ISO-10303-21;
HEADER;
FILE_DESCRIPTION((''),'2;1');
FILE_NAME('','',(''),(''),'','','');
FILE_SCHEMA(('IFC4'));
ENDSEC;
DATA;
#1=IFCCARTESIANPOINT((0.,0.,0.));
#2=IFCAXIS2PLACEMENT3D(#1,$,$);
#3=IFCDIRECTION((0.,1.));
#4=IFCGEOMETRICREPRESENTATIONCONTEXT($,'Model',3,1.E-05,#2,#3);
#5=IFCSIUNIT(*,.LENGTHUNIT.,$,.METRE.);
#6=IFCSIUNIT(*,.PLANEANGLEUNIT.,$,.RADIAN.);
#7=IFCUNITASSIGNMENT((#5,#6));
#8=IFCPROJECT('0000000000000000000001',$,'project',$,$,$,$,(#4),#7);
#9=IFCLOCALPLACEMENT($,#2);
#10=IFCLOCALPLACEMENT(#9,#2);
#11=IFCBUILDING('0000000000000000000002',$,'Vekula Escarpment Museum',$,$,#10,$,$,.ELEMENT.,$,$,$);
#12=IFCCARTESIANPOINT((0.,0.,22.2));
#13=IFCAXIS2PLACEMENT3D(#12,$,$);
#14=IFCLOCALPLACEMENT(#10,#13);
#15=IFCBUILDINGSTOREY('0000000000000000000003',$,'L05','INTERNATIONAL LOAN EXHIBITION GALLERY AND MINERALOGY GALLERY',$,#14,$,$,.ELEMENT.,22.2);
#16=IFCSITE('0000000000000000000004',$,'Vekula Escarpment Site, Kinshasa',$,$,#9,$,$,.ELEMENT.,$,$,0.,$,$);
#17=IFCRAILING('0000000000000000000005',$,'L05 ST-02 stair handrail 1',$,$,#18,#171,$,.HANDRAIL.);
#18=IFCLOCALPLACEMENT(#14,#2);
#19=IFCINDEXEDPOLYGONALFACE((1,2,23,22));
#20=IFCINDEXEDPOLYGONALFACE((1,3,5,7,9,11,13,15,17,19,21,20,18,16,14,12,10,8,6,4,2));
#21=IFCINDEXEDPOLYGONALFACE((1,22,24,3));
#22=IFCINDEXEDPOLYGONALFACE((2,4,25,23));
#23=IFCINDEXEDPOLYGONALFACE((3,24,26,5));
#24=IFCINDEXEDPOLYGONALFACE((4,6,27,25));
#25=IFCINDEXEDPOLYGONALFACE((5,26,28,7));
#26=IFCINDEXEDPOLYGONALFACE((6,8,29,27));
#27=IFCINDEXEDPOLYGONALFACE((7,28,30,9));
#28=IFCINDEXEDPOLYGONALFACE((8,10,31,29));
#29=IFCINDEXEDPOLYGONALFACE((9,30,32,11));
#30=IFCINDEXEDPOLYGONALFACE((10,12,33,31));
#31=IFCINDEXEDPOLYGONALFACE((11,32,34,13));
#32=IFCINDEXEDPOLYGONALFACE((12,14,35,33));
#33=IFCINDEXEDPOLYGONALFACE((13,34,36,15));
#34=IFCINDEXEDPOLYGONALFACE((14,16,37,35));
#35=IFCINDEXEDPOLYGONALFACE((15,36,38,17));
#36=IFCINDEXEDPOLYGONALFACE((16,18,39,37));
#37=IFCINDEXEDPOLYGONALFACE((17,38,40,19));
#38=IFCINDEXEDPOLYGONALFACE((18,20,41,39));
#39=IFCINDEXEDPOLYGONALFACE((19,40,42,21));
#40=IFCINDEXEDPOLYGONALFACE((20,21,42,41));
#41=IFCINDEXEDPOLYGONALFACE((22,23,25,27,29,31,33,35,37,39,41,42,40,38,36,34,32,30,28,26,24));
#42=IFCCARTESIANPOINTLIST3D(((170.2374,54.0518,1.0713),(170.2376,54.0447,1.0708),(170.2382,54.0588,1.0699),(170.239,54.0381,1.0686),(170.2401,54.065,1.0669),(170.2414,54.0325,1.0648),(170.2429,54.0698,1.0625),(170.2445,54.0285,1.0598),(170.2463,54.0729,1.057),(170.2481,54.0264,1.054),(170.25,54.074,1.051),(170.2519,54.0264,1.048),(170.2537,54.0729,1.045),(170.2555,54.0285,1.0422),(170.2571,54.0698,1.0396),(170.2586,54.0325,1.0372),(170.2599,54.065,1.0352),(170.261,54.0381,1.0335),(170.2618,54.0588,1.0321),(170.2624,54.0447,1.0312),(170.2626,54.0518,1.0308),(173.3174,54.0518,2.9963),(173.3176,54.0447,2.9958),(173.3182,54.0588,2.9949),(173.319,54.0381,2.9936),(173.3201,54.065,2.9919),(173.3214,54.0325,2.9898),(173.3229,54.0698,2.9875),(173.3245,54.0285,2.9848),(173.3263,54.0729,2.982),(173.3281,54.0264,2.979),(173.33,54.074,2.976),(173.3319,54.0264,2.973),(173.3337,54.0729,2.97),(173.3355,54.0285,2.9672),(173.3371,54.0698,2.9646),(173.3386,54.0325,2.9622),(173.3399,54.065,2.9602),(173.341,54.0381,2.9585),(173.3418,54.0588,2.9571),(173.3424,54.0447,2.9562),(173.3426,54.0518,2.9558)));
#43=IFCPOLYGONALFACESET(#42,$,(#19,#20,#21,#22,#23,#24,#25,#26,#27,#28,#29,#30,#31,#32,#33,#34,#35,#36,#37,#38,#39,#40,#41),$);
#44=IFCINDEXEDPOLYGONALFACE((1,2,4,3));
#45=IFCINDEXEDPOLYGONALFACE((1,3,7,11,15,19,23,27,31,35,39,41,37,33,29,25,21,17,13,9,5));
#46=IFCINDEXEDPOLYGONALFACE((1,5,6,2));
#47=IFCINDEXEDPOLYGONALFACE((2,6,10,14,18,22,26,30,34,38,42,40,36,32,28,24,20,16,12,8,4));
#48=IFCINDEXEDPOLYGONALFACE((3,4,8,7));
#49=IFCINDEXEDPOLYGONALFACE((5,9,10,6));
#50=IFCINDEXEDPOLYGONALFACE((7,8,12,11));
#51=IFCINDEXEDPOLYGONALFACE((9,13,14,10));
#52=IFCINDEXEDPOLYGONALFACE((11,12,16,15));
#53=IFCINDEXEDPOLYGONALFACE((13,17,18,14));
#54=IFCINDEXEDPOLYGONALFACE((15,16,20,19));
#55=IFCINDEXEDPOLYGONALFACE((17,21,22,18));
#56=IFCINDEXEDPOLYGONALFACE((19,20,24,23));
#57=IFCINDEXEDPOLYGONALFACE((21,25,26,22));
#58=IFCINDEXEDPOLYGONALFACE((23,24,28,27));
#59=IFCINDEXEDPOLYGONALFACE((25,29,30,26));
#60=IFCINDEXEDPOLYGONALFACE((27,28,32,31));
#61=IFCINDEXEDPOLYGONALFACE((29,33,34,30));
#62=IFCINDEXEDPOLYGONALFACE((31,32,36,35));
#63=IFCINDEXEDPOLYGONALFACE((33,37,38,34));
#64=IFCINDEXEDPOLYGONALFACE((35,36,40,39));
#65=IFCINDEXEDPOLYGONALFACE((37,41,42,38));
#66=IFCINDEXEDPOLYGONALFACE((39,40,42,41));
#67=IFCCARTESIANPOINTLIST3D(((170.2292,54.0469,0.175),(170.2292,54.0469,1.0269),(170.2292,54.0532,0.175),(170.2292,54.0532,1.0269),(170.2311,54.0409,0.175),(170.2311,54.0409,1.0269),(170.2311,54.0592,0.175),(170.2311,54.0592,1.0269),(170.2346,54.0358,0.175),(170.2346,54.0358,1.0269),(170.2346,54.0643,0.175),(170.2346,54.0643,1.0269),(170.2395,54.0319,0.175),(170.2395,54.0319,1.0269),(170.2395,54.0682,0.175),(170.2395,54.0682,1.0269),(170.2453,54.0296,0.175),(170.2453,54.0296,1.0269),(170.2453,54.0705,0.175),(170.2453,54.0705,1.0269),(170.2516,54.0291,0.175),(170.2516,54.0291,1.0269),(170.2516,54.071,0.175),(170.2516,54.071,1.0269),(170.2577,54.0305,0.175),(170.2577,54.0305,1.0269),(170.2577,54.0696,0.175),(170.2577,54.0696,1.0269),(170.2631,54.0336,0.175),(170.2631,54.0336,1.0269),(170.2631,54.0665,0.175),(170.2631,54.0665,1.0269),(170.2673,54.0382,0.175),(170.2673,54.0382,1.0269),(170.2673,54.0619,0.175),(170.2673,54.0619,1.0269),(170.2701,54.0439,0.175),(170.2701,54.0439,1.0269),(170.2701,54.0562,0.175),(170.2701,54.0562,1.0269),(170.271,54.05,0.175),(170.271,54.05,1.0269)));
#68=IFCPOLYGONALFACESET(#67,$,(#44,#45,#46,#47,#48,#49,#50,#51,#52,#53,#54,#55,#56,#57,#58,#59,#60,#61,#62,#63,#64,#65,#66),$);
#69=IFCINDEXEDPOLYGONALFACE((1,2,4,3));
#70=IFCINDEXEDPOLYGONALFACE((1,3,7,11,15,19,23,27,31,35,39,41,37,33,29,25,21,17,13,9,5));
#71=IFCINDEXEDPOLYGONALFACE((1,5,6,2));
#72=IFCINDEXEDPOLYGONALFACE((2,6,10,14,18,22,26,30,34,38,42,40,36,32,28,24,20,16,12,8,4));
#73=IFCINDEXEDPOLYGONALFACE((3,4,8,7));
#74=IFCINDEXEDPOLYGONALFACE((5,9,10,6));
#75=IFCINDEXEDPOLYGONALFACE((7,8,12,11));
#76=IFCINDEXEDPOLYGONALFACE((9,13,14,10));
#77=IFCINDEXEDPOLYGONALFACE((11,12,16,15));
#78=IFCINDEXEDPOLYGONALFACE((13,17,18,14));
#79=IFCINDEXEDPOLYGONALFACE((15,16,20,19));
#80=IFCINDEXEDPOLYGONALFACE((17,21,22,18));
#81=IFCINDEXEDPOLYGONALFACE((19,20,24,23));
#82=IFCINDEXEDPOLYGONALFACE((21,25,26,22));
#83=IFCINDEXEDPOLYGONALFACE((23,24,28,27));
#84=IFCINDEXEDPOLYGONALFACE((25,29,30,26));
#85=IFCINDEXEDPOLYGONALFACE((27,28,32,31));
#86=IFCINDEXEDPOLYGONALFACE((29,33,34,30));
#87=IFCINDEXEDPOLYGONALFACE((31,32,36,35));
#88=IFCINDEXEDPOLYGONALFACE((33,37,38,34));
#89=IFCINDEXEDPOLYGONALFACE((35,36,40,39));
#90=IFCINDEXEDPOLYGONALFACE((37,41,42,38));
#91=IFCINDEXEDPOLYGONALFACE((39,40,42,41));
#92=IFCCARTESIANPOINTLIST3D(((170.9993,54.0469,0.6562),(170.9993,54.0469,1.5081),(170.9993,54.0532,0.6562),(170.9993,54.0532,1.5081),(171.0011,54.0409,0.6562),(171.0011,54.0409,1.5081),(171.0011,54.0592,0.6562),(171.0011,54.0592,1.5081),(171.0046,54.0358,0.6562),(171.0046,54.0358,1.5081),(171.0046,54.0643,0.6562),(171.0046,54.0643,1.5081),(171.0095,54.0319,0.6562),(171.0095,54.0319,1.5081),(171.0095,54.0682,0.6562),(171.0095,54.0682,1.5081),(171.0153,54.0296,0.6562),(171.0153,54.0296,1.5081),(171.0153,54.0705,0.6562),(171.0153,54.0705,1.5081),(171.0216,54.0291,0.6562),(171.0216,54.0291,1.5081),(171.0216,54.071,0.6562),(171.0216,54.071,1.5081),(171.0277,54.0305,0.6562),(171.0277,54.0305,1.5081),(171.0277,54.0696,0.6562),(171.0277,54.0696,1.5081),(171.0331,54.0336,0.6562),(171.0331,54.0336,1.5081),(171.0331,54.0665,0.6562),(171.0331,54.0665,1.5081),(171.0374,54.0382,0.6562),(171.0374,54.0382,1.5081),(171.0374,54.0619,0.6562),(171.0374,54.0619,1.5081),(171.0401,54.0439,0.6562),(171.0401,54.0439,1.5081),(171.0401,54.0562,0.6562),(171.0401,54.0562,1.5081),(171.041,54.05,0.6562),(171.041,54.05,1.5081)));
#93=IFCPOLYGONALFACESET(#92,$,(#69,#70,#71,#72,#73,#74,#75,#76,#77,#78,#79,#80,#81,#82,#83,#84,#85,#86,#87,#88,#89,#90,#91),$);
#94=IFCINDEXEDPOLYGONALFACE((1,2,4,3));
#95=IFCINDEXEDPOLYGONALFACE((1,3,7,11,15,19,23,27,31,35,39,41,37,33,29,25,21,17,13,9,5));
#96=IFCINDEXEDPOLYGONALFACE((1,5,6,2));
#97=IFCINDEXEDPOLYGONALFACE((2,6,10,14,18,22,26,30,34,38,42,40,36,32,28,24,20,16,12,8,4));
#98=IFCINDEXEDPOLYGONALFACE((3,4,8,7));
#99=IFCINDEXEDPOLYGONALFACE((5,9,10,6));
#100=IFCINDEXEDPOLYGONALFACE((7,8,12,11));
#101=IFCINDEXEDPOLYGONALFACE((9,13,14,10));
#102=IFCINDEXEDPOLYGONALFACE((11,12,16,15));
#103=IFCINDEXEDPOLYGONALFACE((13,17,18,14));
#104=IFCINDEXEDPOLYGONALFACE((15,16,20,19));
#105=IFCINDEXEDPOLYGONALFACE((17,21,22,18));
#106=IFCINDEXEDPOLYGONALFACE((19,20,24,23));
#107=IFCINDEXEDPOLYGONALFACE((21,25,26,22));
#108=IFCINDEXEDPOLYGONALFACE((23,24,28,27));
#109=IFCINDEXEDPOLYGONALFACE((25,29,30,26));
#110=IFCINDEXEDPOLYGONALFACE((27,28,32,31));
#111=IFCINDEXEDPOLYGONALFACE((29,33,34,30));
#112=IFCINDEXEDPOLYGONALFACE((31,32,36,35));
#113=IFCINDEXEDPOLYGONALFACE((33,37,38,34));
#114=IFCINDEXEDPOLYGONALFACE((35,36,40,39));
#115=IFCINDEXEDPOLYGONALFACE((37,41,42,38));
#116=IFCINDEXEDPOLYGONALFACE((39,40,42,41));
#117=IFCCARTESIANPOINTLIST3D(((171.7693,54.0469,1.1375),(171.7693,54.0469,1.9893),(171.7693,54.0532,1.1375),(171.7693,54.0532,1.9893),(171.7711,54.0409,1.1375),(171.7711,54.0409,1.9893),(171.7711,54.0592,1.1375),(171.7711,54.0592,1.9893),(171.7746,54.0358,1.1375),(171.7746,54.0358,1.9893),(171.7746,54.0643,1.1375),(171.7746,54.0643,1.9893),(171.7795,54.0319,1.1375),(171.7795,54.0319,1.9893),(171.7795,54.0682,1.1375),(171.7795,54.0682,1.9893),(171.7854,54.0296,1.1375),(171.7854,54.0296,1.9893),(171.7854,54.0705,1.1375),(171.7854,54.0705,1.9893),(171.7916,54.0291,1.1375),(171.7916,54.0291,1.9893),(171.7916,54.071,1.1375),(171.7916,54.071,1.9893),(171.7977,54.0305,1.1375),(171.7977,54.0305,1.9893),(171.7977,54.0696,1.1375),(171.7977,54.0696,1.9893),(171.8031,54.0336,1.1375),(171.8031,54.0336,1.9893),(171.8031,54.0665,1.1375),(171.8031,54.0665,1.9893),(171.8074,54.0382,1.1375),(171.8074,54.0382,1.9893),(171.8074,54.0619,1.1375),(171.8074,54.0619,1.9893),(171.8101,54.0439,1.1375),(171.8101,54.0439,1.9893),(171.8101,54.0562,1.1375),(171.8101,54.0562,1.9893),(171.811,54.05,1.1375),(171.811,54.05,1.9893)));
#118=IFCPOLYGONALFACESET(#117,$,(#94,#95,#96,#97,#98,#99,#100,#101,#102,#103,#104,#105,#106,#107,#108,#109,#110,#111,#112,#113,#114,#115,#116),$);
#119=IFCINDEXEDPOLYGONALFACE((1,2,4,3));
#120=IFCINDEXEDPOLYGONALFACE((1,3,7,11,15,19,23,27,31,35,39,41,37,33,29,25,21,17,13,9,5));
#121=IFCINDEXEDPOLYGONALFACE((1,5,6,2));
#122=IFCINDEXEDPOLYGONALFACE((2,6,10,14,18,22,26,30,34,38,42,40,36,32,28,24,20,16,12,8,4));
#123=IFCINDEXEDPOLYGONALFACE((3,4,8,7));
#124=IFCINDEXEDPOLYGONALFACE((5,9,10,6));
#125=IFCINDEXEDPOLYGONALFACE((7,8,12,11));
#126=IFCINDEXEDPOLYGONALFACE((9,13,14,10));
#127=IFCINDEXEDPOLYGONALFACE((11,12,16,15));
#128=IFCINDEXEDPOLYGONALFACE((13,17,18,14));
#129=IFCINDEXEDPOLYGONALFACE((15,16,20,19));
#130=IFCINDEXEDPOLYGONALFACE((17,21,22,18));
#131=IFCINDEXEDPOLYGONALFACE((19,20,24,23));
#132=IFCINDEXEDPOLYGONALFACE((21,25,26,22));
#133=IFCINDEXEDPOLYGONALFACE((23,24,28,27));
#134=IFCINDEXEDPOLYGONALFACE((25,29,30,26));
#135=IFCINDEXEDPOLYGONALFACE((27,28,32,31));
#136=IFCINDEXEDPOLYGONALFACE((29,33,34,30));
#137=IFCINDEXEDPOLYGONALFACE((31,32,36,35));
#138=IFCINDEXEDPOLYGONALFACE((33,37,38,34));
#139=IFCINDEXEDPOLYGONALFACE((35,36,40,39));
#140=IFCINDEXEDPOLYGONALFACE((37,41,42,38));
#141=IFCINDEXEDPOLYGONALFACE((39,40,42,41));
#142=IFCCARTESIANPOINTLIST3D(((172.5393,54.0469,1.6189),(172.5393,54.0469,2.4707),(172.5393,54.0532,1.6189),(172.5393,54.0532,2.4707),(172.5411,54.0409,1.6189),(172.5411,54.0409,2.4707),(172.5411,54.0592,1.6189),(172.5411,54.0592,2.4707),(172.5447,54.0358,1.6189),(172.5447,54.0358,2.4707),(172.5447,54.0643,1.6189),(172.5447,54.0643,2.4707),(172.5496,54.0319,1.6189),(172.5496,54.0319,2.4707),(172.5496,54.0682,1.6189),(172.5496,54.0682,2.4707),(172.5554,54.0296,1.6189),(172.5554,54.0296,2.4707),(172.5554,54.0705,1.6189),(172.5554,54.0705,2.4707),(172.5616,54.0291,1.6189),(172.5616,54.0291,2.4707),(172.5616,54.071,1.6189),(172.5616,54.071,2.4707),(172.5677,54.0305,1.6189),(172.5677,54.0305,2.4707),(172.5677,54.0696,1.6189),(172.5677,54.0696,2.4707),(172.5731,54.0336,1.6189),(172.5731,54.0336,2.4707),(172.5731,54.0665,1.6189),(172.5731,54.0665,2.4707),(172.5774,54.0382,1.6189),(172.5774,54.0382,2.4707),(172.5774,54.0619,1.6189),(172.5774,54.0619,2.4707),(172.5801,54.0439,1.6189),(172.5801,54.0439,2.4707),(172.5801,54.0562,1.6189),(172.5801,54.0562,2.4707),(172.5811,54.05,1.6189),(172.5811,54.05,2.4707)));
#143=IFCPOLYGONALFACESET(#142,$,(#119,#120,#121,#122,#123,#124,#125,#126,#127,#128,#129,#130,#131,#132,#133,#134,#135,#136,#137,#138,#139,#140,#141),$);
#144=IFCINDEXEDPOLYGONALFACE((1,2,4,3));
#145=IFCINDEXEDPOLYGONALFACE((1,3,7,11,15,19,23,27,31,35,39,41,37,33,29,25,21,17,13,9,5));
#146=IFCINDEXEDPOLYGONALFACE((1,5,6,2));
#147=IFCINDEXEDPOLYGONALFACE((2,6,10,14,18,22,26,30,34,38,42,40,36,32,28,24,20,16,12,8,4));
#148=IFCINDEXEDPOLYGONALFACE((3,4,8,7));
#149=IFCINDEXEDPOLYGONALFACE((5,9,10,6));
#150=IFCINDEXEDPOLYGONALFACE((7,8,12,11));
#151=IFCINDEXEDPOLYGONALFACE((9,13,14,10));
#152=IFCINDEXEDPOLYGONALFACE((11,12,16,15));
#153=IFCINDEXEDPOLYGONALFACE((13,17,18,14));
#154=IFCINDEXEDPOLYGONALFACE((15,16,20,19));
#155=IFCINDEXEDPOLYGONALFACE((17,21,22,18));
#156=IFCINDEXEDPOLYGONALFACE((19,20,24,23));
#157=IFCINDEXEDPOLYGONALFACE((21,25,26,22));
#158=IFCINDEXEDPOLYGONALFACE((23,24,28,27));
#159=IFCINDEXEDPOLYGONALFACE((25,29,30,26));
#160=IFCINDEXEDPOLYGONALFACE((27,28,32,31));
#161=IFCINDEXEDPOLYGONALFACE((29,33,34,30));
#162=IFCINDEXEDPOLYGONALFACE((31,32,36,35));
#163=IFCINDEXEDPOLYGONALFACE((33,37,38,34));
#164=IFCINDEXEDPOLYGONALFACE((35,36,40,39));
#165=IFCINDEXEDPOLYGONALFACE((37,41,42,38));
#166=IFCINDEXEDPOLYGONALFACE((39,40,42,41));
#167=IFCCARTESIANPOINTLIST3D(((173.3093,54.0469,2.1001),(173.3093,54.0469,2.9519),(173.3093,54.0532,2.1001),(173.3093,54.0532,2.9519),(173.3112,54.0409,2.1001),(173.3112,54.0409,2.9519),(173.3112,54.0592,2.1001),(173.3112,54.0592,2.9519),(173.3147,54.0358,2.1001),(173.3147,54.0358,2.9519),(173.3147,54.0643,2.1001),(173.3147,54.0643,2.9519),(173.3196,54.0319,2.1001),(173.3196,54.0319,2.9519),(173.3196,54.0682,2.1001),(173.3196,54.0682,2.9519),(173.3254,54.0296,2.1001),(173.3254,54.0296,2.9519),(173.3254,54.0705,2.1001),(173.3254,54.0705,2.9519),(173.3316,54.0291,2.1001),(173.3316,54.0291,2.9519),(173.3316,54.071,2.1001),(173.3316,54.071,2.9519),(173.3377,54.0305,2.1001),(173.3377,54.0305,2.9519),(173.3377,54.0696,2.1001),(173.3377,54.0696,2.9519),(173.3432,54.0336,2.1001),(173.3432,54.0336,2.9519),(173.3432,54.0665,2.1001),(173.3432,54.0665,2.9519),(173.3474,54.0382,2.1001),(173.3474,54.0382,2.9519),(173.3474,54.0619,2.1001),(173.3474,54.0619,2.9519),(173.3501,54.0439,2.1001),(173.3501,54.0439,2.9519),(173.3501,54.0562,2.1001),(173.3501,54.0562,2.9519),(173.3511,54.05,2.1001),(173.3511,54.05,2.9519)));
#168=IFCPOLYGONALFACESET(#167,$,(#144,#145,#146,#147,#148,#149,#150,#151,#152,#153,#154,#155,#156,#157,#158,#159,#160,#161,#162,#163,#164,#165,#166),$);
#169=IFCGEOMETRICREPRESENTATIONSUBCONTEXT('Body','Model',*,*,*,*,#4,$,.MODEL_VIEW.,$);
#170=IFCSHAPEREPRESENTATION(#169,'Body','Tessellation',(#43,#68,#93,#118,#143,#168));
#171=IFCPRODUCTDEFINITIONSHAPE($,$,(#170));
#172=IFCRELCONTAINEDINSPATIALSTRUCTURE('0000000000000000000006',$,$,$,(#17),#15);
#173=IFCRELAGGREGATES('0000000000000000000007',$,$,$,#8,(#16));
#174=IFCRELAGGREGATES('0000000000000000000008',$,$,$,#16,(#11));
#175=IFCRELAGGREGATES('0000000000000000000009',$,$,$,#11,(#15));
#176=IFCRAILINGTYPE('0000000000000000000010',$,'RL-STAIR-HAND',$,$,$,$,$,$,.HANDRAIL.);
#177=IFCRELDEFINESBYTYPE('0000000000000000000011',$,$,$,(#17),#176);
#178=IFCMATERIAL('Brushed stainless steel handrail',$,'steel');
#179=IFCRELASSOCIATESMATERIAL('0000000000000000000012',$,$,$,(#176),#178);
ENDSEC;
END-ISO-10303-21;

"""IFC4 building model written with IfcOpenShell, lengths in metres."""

from ifc_helpers import new_model, si_unit, direction, frame, origin, origin_2d, place, context, subcontext, project, spatial, circle, extrude, material, type_object, element, save


model = new_model("IFC4")

# Units and contexts
model_context = context("Model", 3, precision=1e-05, world=origin(), true_north=direction((0.0, 1.0)))
body_context = subcontext(model_context, "Body", "Model", "MODEL_VIEW")
ifc_project = project(units=[si_unit("LENGTHUNIT", "METRE"), si_unit("PLANEANGLEUNIT", "RADIAN")], contexts=[model_context])

# Site, building, storey
site_placement = place(None, origin())
site = spatial("IfcSite", under=ifc_project, at=site_placement, Name="Vekula Escarpment Site, Kinshasa", CompositionType="ELEMENT", RefElevation=0.0)
building_placement = place(site_placement, origin())
building = spatial("IfcBuilding", under=site, at=building_placement, Name="Vekula Escarpment Museum", CompositionType="ELEMENT")
storey_placement = place(building_placement, frame((0.0, 0.0, 22.2)))
storey = spatial("IfcBuildingStorey", under=building, at=storey_placement, Name="L05", Description="INTERNATIONAL LOAN EXHIBITION GALLERY AND MINERALOGY GALLERY", CompositionType="ELEMENT", Elevation=22.2)

# Railing
ifc_material_1 = material(Name="Brushed stainless steel handrail", Category="steel")
railing_type_1 = type_object("IfcRailingType", Name="RL-STAIR-HAND", PredefinedType="HANDRAIL", material=ifc_material_1)
railing_1_placement = place(storey_placement, frame((170.25, 54.05, 0.175)))
element("IfcRailing", 1, at=railing_1_placement, inside=storey, type_object=railing_type_1, Name="L05 ST-02 stair handrail 1", PredefinedType="HANDRAIL", context=body_context, shape_type="SweptSolid", body=[
    extrude(circle(Radius=0.0239, at=origin_2d()), frame((0.0, 0.0, 0.876), z_axis=(0.847998, 0.0, 0.529999), x_axis=(0.0, 1.0, 0.0)), (0.0, 0.0, 1.0), 3.6321),
    extrude(circle(Radius=0.021, at=origin_2d()), origin(), (0.0, 0.0, 1.0), 0.8518),
    extrude(circle(Radius=0.021, at=origin_2d()), frame((0.77, 0.0, 0.4812)), (0.0, 0.0, 1.0), 0.8518),
    extrude(circle(Radius=0.021, at=origin_2d()), frame((1.54, 0.0, 0.9624)), (0.0, 0.0, 1.0), 0.8518),
    extrude(circle(Radius=0.021, at=origin_2d()), frame((2.3101, 0.0, 1.4438)), (0.0, 0.0, 1.0), 0.8518),
    extrude(circle(Radius=0.021, at=origin_2d()), frame((3.0801, 0.0, 1.925)), (0.0, 0.0, 1.0), 0.8518),
])

save(model, "model.ifc")
